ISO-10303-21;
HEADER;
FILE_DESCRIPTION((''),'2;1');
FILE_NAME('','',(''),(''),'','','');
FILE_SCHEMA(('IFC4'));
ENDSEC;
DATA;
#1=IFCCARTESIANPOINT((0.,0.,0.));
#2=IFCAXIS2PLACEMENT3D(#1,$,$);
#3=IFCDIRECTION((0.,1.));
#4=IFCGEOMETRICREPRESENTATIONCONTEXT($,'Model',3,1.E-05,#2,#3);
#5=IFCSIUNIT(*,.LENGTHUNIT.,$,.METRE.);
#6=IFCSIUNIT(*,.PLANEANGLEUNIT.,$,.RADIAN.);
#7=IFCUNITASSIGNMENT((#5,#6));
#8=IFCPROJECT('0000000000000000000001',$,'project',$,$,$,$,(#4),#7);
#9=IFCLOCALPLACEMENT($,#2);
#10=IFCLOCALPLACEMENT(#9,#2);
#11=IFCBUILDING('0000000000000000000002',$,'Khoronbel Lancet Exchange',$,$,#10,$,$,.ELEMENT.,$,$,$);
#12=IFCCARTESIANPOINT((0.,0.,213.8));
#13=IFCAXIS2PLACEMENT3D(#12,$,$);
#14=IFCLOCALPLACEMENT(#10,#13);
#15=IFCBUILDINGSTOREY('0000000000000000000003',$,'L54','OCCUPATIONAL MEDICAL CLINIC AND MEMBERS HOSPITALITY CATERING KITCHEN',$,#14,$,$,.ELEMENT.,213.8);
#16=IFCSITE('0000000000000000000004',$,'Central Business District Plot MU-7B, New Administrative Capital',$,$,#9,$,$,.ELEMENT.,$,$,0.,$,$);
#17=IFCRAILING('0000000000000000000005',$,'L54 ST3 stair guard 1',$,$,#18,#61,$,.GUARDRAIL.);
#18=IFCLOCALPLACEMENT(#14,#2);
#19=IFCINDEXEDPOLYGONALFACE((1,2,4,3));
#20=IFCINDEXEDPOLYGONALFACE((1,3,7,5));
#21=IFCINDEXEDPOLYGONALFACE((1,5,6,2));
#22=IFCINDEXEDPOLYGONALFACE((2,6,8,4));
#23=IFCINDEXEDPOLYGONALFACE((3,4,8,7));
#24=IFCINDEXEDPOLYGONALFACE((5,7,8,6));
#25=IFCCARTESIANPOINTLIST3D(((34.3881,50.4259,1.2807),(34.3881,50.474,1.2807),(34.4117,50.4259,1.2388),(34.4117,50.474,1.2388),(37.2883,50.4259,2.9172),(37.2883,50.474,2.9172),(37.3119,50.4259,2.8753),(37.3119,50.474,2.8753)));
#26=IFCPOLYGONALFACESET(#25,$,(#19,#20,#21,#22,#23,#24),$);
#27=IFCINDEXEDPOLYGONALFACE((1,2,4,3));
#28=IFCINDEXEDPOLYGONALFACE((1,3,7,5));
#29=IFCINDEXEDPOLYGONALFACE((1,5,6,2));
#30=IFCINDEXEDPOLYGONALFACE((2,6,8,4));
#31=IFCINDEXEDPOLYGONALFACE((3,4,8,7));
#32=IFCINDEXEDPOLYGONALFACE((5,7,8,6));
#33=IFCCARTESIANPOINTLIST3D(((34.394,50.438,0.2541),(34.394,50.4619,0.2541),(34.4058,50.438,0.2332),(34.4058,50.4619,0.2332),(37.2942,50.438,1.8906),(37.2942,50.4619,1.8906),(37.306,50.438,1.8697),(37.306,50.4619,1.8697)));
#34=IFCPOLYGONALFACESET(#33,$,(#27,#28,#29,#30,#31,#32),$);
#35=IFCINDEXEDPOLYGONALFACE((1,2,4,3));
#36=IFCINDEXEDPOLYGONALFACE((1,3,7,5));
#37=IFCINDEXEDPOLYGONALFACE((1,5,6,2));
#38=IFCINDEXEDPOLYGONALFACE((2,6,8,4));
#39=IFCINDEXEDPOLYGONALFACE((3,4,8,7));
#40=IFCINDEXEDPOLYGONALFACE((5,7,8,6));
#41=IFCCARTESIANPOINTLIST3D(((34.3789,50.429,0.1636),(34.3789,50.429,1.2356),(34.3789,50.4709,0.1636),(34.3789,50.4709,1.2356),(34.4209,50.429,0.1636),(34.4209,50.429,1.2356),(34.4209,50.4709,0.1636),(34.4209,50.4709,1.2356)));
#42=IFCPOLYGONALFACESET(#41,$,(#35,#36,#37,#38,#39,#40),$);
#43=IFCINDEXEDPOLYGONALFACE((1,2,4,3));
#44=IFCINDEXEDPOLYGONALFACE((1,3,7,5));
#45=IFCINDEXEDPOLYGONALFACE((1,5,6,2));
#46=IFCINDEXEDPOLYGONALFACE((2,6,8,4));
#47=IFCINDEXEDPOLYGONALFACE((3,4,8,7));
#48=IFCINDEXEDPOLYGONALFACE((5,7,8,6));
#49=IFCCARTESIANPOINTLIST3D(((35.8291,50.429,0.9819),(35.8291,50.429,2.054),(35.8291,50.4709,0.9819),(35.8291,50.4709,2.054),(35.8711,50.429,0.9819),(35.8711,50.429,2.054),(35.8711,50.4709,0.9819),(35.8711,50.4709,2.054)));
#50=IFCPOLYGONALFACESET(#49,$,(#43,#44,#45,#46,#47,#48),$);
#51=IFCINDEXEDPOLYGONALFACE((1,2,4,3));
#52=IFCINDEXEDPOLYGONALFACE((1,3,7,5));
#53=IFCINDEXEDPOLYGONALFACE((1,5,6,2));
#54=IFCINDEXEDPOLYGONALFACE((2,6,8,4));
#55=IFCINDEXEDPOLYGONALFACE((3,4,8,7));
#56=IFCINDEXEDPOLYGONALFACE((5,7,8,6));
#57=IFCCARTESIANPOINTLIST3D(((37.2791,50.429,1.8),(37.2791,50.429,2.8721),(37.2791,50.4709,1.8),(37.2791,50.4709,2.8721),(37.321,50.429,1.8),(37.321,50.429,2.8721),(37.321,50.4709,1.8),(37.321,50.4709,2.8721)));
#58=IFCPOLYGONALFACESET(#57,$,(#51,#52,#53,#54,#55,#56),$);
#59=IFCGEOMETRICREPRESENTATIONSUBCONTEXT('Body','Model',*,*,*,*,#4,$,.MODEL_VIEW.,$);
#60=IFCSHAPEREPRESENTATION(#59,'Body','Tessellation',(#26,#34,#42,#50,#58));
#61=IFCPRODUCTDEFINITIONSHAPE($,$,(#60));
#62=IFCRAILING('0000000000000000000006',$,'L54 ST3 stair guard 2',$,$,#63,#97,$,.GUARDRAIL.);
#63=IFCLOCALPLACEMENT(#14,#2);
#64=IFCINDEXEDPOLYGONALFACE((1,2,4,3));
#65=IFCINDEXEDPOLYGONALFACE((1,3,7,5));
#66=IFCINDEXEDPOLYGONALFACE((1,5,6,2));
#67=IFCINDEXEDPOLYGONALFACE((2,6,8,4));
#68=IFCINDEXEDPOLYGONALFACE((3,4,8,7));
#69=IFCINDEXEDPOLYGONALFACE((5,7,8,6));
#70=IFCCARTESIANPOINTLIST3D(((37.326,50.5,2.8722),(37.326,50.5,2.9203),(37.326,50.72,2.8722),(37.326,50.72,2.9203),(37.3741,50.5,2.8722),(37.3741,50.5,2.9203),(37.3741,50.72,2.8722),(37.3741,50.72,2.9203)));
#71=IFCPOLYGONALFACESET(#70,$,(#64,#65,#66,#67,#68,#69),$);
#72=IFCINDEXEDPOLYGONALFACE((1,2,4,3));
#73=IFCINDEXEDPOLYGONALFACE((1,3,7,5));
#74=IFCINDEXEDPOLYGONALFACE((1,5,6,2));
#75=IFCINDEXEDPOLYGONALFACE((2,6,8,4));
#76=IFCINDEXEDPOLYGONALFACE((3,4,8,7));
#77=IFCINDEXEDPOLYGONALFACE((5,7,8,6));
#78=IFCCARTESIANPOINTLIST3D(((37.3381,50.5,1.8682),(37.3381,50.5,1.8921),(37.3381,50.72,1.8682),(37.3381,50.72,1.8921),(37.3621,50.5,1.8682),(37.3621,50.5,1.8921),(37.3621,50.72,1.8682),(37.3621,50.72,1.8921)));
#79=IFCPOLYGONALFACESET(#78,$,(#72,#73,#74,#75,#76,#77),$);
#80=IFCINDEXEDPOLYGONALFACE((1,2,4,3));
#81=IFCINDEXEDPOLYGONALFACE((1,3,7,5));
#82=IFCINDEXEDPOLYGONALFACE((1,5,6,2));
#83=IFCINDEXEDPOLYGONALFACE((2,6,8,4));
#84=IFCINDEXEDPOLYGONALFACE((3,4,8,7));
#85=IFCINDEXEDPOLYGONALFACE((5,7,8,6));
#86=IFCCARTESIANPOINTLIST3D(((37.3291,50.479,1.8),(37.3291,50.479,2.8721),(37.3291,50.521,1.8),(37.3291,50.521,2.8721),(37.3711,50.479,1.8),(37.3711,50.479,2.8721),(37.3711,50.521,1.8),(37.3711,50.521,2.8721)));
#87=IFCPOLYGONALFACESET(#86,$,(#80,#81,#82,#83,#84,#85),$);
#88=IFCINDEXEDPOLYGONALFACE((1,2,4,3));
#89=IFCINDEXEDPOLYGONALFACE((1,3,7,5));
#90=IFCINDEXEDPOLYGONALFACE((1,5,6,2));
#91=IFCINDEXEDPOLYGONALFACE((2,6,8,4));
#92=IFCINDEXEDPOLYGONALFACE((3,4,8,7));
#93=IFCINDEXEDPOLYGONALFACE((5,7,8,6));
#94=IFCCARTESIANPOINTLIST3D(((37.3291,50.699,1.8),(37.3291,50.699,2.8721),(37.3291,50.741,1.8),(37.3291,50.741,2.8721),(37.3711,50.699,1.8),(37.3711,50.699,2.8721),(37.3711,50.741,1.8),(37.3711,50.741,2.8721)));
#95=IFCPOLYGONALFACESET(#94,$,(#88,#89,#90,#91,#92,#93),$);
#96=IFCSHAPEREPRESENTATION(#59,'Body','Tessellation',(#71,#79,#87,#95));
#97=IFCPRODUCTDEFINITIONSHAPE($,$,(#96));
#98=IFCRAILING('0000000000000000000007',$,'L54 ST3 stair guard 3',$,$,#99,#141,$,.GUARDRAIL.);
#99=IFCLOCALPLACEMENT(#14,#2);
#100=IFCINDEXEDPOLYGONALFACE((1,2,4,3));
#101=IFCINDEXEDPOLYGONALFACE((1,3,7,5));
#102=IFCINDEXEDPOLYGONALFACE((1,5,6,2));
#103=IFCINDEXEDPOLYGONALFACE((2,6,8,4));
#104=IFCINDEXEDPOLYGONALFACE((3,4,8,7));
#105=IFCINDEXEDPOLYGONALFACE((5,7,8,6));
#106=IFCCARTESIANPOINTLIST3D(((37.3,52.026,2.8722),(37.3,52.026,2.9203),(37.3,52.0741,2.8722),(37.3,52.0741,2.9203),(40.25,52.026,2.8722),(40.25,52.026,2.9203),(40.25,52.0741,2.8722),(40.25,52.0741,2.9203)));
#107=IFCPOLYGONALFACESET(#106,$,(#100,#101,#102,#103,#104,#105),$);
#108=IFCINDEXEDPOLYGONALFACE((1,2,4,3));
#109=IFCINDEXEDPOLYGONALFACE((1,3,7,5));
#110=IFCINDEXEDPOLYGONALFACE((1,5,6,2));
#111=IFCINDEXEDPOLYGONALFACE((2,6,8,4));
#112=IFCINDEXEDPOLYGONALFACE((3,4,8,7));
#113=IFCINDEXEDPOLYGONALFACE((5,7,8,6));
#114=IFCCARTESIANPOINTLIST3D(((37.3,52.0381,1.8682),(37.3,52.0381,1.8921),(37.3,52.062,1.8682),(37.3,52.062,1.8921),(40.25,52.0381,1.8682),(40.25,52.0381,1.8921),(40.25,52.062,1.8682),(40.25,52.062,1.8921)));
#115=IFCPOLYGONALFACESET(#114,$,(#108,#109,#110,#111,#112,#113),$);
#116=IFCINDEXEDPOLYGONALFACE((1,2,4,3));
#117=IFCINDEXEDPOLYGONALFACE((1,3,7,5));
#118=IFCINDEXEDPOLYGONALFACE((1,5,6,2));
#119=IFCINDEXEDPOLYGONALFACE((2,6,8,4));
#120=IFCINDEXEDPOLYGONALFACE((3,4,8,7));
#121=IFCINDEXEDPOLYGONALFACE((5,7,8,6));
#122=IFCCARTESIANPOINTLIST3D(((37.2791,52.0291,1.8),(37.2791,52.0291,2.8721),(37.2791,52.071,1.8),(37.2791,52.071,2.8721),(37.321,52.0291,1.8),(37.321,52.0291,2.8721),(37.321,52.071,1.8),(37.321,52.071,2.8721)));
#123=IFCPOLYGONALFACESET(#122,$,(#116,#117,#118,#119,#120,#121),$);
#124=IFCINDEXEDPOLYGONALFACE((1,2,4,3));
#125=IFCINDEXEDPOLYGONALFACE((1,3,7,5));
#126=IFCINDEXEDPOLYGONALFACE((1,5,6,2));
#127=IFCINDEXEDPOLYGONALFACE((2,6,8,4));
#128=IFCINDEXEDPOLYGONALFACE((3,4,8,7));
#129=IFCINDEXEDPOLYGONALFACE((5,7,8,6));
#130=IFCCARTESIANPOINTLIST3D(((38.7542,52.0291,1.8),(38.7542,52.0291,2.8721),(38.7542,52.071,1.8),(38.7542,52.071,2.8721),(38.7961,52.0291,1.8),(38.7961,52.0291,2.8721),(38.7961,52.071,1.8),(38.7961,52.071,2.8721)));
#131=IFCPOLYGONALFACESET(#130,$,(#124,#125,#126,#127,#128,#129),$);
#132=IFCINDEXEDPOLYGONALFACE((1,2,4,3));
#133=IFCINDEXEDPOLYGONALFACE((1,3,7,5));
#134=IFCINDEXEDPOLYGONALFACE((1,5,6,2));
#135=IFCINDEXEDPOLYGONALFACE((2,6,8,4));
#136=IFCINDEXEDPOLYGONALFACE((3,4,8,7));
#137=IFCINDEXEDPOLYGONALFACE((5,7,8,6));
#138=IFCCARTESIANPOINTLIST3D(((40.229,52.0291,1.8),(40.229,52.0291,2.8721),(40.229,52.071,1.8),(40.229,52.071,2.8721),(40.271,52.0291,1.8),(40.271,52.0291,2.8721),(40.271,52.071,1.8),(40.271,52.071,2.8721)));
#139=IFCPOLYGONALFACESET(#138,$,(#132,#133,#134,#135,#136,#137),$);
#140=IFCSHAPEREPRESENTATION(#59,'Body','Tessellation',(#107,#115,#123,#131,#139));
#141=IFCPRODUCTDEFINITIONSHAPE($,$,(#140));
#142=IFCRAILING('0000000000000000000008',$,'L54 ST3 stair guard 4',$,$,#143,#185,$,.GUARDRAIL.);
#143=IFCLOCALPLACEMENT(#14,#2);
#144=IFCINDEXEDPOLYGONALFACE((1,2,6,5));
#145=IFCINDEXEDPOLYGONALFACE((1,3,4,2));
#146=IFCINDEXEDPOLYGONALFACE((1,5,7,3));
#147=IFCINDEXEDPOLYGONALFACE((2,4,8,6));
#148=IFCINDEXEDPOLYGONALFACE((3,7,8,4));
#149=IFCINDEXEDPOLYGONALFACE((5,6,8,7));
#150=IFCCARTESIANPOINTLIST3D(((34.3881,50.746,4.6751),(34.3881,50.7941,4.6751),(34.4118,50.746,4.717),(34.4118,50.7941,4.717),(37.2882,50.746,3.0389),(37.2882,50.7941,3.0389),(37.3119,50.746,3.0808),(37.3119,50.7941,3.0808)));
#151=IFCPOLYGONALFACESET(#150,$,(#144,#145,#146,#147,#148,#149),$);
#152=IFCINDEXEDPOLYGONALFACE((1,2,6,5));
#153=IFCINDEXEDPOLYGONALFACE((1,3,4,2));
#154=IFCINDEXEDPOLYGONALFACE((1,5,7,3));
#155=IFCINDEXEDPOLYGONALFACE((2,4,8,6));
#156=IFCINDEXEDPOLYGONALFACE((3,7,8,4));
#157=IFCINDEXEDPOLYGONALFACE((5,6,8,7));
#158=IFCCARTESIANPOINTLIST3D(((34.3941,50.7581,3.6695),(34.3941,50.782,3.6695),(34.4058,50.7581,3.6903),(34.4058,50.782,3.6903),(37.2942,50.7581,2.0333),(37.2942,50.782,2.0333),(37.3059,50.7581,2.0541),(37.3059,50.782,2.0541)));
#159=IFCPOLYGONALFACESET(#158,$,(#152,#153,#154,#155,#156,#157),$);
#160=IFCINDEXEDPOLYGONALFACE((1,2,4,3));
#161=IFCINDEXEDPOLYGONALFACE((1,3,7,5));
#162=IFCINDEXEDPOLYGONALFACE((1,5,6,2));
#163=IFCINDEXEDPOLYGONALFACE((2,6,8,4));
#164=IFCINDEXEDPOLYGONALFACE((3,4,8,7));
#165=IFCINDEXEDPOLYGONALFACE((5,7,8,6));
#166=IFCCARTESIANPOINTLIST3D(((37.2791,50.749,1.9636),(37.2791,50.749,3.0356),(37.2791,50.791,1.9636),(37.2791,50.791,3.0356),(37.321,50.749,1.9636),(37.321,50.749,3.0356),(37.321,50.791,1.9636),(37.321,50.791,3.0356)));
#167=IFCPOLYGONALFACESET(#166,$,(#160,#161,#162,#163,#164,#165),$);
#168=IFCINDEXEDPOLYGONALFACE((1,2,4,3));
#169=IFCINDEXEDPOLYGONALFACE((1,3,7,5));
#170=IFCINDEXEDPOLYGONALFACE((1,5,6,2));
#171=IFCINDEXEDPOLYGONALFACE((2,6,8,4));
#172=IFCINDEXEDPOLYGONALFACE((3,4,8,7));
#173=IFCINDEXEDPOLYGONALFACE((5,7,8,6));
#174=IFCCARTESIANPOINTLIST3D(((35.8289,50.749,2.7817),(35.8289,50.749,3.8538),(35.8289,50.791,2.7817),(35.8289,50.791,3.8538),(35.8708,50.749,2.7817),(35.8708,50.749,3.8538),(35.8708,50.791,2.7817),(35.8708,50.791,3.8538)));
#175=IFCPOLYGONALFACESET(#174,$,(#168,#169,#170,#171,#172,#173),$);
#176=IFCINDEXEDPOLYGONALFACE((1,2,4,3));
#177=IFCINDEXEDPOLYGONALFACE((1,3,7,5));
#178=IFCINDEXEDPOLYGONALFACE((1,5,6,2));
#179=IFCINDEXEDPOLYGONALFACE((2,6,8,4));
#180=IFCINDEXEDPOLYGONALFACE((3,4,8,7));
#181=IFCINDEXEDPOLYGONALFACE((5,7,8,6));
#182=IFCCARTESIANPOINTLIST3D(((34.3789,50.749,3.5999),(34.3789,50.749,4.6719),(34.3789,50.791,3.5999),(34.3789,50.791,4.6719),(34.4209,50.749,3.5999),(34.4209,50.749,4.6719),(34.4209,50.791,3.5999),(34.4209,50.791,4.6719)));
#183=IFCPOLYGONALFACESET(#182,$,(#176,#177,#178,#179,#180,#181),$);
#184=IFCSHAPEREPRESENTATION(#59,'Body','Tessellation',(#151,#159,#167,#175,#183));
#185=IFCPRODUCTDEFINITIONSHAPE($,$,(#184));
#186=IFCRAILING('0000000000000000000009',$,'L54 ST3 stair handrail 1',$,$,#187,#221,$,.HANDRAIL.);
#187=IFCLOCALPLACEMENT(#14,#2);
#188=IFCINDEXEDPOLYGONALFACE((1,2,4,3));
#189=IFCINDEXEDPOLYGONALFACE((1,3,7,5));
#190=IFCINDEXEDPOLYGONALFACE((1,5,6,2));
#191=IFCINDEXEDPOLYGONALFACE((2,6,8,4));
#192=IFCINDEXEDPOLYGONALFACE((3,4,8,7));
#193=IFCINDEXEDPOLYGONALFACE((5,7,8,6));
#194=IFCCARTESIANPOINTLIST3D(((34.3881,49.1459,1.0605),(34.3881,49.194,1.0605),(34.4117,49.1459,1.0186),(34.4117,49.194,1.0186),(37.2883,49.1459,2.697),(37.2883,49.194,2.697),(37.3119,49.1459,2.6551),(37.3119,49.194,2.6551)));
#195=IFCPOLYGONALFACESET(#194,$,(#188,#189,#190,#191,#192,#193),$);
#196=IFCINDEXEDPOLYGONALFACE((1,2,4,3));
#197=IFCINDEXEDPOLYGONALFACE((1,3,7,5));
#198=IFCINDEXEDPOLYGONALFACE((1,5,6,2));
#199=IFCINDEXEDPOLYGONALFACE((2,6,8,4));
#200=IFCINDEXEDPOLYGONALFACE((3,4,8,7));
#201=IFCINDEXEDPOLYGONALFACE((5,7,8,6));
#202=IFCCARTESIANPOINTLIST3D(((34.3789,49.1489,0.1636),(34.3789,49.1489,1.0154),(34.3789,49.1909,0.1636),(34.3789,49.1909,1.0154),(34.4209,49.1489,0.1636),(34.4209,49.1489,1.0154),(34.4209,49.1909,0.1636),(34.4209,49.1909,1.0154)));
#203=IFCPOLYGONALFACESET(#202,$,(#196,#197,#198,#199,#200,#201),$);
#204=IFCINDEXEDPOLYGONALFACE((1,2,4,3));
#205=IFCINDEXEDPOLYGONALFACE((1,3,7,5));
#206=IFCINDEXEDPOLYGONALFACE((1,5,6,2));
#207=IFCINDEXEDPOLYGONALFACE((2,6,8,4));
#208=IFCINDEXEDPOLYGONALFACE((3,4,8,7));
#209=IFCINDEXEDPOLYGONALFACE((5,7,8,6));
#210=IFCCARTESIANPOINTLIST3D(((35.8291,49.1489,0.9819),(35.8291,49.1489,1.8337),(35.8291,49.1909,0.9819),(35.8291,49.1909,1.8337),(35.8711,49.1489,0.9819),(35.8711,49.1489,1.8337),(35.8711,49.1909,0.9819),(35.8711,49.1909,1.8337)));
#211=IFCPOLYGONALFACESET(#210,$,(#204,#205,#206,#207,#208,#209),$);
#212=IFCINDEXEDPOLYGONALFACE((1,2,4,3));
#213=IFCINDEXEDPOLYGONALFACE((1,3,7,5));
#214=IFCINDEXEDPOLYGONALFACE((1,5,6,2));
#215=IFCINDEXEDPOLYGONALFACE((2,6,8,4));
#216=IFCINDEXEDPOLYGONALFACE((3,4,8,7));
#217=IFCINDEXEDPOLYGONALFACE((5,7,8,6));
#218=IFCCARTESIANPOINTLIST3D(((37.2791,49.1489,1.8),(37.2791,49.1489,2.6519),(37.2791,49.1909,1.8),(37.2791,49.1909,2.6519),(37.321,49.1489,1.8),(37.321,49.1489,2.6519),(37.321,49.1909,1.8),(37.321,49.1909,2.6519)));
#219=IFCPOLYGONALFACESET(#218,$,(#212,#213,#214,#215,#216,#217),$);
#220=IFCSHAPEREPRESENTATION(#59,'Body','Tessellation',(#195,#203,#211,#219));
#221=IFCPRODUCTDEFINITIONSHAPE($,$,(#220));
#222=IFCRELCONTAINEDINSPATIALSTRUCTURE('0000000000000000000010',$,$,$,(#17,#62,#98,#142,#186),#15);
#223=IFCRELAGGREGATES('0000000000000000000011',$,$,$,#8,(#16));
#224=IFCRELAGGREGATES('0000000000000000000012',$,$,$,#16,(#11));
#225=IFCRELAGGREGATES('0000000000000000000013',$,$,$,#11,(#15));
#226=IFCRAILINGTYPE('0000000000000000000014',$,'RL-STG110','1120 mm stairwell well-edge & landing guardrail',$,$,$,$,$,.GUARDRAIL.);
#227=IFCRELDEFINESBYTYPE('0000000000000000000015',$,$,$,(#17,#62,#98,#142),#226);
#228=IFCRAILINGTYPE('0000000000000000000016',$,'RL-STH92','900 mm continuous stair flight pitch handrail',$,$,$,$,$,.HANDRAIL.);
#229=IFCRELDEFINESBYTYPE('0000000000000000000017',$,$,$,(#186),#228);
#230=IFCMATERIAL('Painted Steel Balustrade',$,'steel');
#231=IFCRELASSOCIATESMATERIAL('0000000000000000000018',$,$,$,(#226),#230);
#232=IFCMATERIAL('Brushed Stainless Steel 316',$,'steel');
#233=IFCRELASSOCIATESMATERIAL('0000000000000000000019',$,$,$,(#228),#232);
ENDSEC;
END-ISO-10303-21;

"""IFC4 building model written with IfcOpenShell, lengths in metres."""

from ifc_helpers import new_model, si_unit, direction, frame, origin, origin_2d, place, context, subcontext, project, spatial, rectangle, extrude, material, type_object, element, save


model = new_model("IFC4")

# Units and contexts
model_context = context("Model", 3, precision=1e-05, world=origin(), true_north=direction((0.0, 1.0)))
body_context = subcontext(model_context, "Body", "Model", "MODEL_VIEW")
ifc_project = project(units=[si_unit("LENGTHUNIT", "METRE"), si_unit("PLANEANGLEUNIT", "RADIAN")], contexts=[model_context])

# Site, building, storey
site_placement = place(None, origin())
site = spatial("IfcSite", under=ifc_project, at=site_placement, Name="Central Business District Plot MU-7B, New Administrative Capital", CompositionType="ELEMENT", RefElevation=0.0)
building_placement = place(site_placement, origin())
building = spatial("IfcBuilding", under=site, at=building_placement, Name="Khoronbel Lancet Exchange", CompositionType="ELEMENT")
storey_placement = place(building_placement, frame((0.0, 0.0, 213.8)))
storey = spatial("IfcBuildingStorey", under=building, at=storey_placement, Name="L54", Description="OCCUPATIONAL MEDICAL CLINIC AND MEMBERS HOSPITALITY CATERING KITCHEN", CompositionType="ELEMENT", Elevation=213.8)

# Railings
ifc_material_1 = material(Name="Painted Steel Balustrade", Category="steel")
railing_type_1 = type_object("IfcRailingType", Name="RL-STG110", Description="1120 mm stairwell well-edge & landing guardrail", PredefinedType="GUARDRAIL", material=ifc_material_1)
railing_1_placement = place(storey_placement, frame((34.3999, 50.45, 0.1636)))
element("IfcRailing", 1, at=railing_1_placement, inside=storey, type_object=railing_type_1, Name="L54 ST3 stair guard 1", PredefinedType="GUARDRAIL", context=body_context, shape_type="SweptSolid", body=[
    extrude(rectangle(XDim=0.0481, YDim=0.0481, at=origin_2d()), frame((0.0, 0.0, 1.0962), z_axis=(0.870915, 0.0, 0.491434), x_axis=(0.0, 1.0, 0.0)), (0.0, 0.0, 1.0), 3.3301),
    extrude(rectangle(XDim=0.0239, YDim=0.0239, at=origin_2d()), frame((0.0, 0.0, 0.0801), z_axis=(0.870915, 0.0, 0.491434), x_axis=(0.0, 1.0, 0.0)), (0.0, 0.0, 1.0), 3.3301),
    extrude(rectangle(XDim=0.042, YDim=0.042, at=origin_2d()), origin(), (0.0, 0.0, 1.0), 1.072),
    extrude(rectangle(XDim=0.042, YDim=0.042, at=origin_2d()), frame((1.4502, 0.0, 0.8184)), (0.0, 0.0, 1.0), 1.072),
    extrude(rectangle(XDim=0.042, YDim=0.042, at=origin_2d()), frame((2.9001, 0.0, 1.6365)), (0.0, 0.0, 1.0), 1.072),
])
railing_2_placement = place(storey_placement, frame((37.3501, 50.5, 1.8)))
element("IfcRailing", 2, at=railing_2_placement, inside=storey, type_object=railing_type_1, Name="L54 ST3 stair guard 2", PredefinedType="GUARDRAIL", context=body_context, shape_type="SweptSolid", body=[
    extrude(rectangle(XDim=0.0481, YDim=0.0481, at=origin_2d()), frame((0.0, 0.0, 1.0962), z_axis=(0.0, 1.0, 0.0), x_axis=(-1.0, 0.0, 0.0)), (0.0, 0.0, 1.0), 0.22),
    extrude(rectangle(XDim=0.0239, YDim=0.0239, at=origin_2d()), frame((0.0, 0.0, 0.0801), z_axis=(0.0, 1.0, 0.0), x_axis=(-1.0, 0.0, 0.0)), (0.0, 0.0, 1.0), 0.22),
    extrude(rectangle(XDim=0.042, YDim=0.042, at=origin_2d()), origin(), (0.0, 0.0, 1.0), 1.072),
    extrude(rectangle(XDim=0.042, YDim=0.042, at=origin_2d()), frame((0.0, 0.22, 0.0)), (0.0, 0.0, 1.0), 1.072),
])
railing_3_placement = place(storey_placement, frame((37.3, 52.05, 1.8)))
element("IfcRailing", 3, at=railing_3_placement, inside=storey, type_object=railing_type_1, Name="L54 ST3 stair guard 3", PredefinedType="GUARDRAIL", context=body_context, shape_type="SweptSolid", body=[
    extrude(rectangle(XDim=0.0481, YDim=0.0481, at=origin_2d()), frame((0.0, 0.0, 1.0962), z_axis=(1.0, 0.0, 0.0), x_axis=(0.0, 1.0, 0.0)), (0.0, 0.0, 1.0), 2.95),
    extrude(rectangle(XDim=0.0239, YDim=0.0239, at=origin_2d()), frame((0.0, 0.0, 0.0801), z_axis=(1.0, 0.0, 0.0), x_axis=(0.0, 1.0, 0.0)), (0.0, 0.0, 1.0), 2.95),
    extrude(rectangle(XDim=0.042, YDim=0.042, at=origin_2d()), origin(), (0.0, 0.0, 1.0), 1.072),
    extrude(rectangle(XDim=0.042, YDim=0.042, at=origin_2d()), frame((1.4751, 0.0, 0.0)), (0.0, 0.0, 1.0), 1.072),
    extrude(rectangle(XDim=0.042, YDim=0.042, at=origin_2d()), frame((2.95, 0.0, 0.0)), (0.0, 0.0, 1.0), 1.072),
])
railing_4_placement = place(storey_placement, frame((37.3, 50.77, 1.9636)))
element("IfcRailing", 4, at=railing_4_placement, inside=storey, type_object=railing_type_1, Name="L54 ST3 stair guard 4", PredefinedType="GUARDRAIL", context=body_context, shape_type="SweptSolid", body=[
    extrude(rectangle(XDim=0.0481, YDim=0.0481, at=origin_2d()), frame((0.0, 0.0, 1.0962), z_axis=(-0.870946, 0.0, 0.491378), x_axis=(0.0, -1.0, 0.0)), (0.0, 0.0, 1.0), 3.3298),
    extrude(rectangle(XDim=0.0239, YDim=0.0239, at=origin_2d()), frame((0.0, 0.0, 0.0801), z_axis=(-0.870946, 0.0, 0.491378), x_axis=(0.0, -1.0, 0.0)), (0.0, 0.0, 1.0), 3.3298),
    extrude(rectangle(XDim=0.042, YDim=0.042, at=origin_2d()), origin(), (0.0, 0.0, 1.0), 1.072),
    extrude(rectangle(XDim=0.042, YDim=0.042, at=origin_2d()), frame((-1.4502, 0.0, 0.8181)), (0.0, 0.0, 1.0), 1.072),
    extrude(rectangle(XDim=0.042, YDim=0.042, at=origin_2d()), frame((-2.9001, 0.0, 1.6362)), (0.0, 0.0, 1.0), 1.072),
])
ifc_material_2 = material(Name="Brushed Stainless Steel 316", Category="steel")
railing_type_2 = type_object("IfcRailingType", Name="RL-STH92", Description="900 mm continuous stair flight pitch handrail", PredefinedType="HANDRAIL", material=ifc_material_2)
railing_5_placement = place(storey_placement, frame((34.3999, 49.1699, 0.1636)))
element("IfcRailing", 5, at=railing_5_placement, inside=storey, type_object=railing_type_2, Name="L54 ST3 stair handrail 1", PredefinedType="HANDRAIL", context=body_context, shape_type="SweptSolid", body=[
    extrude(rectangle(XDim=0.0481, YDim=0.0481, at=origin_2d()), frame((0.0, 0.0, 0.876), z_axis=(0.870915, 0.0, 0.491434), x_axis=(0.0, 1.0, 0.0)), (0.0, 0.0, 1.0), 3.3301),
    extrude(rectangle(XDim=0.042, YDim=0.042, at=origin_2d()), origin(), (0.0, 0.0, 1.0), 0.8518),
    extrude(rectangle(XDim=0.042, YDim=0.042, at=origin_2d()), frame((1.4502, 0.0, 0.8184)), (0.0, 0.0, 1.0), 0.8518),
    extrude(rectangle(XDim=0.042, YDim=0.042, at=origin_2d()), frame((2.9001, 0.0, 1.6365)), (0.0, 0.0, 1.0), 0.8518),
])

save(model, "model.ifc")
